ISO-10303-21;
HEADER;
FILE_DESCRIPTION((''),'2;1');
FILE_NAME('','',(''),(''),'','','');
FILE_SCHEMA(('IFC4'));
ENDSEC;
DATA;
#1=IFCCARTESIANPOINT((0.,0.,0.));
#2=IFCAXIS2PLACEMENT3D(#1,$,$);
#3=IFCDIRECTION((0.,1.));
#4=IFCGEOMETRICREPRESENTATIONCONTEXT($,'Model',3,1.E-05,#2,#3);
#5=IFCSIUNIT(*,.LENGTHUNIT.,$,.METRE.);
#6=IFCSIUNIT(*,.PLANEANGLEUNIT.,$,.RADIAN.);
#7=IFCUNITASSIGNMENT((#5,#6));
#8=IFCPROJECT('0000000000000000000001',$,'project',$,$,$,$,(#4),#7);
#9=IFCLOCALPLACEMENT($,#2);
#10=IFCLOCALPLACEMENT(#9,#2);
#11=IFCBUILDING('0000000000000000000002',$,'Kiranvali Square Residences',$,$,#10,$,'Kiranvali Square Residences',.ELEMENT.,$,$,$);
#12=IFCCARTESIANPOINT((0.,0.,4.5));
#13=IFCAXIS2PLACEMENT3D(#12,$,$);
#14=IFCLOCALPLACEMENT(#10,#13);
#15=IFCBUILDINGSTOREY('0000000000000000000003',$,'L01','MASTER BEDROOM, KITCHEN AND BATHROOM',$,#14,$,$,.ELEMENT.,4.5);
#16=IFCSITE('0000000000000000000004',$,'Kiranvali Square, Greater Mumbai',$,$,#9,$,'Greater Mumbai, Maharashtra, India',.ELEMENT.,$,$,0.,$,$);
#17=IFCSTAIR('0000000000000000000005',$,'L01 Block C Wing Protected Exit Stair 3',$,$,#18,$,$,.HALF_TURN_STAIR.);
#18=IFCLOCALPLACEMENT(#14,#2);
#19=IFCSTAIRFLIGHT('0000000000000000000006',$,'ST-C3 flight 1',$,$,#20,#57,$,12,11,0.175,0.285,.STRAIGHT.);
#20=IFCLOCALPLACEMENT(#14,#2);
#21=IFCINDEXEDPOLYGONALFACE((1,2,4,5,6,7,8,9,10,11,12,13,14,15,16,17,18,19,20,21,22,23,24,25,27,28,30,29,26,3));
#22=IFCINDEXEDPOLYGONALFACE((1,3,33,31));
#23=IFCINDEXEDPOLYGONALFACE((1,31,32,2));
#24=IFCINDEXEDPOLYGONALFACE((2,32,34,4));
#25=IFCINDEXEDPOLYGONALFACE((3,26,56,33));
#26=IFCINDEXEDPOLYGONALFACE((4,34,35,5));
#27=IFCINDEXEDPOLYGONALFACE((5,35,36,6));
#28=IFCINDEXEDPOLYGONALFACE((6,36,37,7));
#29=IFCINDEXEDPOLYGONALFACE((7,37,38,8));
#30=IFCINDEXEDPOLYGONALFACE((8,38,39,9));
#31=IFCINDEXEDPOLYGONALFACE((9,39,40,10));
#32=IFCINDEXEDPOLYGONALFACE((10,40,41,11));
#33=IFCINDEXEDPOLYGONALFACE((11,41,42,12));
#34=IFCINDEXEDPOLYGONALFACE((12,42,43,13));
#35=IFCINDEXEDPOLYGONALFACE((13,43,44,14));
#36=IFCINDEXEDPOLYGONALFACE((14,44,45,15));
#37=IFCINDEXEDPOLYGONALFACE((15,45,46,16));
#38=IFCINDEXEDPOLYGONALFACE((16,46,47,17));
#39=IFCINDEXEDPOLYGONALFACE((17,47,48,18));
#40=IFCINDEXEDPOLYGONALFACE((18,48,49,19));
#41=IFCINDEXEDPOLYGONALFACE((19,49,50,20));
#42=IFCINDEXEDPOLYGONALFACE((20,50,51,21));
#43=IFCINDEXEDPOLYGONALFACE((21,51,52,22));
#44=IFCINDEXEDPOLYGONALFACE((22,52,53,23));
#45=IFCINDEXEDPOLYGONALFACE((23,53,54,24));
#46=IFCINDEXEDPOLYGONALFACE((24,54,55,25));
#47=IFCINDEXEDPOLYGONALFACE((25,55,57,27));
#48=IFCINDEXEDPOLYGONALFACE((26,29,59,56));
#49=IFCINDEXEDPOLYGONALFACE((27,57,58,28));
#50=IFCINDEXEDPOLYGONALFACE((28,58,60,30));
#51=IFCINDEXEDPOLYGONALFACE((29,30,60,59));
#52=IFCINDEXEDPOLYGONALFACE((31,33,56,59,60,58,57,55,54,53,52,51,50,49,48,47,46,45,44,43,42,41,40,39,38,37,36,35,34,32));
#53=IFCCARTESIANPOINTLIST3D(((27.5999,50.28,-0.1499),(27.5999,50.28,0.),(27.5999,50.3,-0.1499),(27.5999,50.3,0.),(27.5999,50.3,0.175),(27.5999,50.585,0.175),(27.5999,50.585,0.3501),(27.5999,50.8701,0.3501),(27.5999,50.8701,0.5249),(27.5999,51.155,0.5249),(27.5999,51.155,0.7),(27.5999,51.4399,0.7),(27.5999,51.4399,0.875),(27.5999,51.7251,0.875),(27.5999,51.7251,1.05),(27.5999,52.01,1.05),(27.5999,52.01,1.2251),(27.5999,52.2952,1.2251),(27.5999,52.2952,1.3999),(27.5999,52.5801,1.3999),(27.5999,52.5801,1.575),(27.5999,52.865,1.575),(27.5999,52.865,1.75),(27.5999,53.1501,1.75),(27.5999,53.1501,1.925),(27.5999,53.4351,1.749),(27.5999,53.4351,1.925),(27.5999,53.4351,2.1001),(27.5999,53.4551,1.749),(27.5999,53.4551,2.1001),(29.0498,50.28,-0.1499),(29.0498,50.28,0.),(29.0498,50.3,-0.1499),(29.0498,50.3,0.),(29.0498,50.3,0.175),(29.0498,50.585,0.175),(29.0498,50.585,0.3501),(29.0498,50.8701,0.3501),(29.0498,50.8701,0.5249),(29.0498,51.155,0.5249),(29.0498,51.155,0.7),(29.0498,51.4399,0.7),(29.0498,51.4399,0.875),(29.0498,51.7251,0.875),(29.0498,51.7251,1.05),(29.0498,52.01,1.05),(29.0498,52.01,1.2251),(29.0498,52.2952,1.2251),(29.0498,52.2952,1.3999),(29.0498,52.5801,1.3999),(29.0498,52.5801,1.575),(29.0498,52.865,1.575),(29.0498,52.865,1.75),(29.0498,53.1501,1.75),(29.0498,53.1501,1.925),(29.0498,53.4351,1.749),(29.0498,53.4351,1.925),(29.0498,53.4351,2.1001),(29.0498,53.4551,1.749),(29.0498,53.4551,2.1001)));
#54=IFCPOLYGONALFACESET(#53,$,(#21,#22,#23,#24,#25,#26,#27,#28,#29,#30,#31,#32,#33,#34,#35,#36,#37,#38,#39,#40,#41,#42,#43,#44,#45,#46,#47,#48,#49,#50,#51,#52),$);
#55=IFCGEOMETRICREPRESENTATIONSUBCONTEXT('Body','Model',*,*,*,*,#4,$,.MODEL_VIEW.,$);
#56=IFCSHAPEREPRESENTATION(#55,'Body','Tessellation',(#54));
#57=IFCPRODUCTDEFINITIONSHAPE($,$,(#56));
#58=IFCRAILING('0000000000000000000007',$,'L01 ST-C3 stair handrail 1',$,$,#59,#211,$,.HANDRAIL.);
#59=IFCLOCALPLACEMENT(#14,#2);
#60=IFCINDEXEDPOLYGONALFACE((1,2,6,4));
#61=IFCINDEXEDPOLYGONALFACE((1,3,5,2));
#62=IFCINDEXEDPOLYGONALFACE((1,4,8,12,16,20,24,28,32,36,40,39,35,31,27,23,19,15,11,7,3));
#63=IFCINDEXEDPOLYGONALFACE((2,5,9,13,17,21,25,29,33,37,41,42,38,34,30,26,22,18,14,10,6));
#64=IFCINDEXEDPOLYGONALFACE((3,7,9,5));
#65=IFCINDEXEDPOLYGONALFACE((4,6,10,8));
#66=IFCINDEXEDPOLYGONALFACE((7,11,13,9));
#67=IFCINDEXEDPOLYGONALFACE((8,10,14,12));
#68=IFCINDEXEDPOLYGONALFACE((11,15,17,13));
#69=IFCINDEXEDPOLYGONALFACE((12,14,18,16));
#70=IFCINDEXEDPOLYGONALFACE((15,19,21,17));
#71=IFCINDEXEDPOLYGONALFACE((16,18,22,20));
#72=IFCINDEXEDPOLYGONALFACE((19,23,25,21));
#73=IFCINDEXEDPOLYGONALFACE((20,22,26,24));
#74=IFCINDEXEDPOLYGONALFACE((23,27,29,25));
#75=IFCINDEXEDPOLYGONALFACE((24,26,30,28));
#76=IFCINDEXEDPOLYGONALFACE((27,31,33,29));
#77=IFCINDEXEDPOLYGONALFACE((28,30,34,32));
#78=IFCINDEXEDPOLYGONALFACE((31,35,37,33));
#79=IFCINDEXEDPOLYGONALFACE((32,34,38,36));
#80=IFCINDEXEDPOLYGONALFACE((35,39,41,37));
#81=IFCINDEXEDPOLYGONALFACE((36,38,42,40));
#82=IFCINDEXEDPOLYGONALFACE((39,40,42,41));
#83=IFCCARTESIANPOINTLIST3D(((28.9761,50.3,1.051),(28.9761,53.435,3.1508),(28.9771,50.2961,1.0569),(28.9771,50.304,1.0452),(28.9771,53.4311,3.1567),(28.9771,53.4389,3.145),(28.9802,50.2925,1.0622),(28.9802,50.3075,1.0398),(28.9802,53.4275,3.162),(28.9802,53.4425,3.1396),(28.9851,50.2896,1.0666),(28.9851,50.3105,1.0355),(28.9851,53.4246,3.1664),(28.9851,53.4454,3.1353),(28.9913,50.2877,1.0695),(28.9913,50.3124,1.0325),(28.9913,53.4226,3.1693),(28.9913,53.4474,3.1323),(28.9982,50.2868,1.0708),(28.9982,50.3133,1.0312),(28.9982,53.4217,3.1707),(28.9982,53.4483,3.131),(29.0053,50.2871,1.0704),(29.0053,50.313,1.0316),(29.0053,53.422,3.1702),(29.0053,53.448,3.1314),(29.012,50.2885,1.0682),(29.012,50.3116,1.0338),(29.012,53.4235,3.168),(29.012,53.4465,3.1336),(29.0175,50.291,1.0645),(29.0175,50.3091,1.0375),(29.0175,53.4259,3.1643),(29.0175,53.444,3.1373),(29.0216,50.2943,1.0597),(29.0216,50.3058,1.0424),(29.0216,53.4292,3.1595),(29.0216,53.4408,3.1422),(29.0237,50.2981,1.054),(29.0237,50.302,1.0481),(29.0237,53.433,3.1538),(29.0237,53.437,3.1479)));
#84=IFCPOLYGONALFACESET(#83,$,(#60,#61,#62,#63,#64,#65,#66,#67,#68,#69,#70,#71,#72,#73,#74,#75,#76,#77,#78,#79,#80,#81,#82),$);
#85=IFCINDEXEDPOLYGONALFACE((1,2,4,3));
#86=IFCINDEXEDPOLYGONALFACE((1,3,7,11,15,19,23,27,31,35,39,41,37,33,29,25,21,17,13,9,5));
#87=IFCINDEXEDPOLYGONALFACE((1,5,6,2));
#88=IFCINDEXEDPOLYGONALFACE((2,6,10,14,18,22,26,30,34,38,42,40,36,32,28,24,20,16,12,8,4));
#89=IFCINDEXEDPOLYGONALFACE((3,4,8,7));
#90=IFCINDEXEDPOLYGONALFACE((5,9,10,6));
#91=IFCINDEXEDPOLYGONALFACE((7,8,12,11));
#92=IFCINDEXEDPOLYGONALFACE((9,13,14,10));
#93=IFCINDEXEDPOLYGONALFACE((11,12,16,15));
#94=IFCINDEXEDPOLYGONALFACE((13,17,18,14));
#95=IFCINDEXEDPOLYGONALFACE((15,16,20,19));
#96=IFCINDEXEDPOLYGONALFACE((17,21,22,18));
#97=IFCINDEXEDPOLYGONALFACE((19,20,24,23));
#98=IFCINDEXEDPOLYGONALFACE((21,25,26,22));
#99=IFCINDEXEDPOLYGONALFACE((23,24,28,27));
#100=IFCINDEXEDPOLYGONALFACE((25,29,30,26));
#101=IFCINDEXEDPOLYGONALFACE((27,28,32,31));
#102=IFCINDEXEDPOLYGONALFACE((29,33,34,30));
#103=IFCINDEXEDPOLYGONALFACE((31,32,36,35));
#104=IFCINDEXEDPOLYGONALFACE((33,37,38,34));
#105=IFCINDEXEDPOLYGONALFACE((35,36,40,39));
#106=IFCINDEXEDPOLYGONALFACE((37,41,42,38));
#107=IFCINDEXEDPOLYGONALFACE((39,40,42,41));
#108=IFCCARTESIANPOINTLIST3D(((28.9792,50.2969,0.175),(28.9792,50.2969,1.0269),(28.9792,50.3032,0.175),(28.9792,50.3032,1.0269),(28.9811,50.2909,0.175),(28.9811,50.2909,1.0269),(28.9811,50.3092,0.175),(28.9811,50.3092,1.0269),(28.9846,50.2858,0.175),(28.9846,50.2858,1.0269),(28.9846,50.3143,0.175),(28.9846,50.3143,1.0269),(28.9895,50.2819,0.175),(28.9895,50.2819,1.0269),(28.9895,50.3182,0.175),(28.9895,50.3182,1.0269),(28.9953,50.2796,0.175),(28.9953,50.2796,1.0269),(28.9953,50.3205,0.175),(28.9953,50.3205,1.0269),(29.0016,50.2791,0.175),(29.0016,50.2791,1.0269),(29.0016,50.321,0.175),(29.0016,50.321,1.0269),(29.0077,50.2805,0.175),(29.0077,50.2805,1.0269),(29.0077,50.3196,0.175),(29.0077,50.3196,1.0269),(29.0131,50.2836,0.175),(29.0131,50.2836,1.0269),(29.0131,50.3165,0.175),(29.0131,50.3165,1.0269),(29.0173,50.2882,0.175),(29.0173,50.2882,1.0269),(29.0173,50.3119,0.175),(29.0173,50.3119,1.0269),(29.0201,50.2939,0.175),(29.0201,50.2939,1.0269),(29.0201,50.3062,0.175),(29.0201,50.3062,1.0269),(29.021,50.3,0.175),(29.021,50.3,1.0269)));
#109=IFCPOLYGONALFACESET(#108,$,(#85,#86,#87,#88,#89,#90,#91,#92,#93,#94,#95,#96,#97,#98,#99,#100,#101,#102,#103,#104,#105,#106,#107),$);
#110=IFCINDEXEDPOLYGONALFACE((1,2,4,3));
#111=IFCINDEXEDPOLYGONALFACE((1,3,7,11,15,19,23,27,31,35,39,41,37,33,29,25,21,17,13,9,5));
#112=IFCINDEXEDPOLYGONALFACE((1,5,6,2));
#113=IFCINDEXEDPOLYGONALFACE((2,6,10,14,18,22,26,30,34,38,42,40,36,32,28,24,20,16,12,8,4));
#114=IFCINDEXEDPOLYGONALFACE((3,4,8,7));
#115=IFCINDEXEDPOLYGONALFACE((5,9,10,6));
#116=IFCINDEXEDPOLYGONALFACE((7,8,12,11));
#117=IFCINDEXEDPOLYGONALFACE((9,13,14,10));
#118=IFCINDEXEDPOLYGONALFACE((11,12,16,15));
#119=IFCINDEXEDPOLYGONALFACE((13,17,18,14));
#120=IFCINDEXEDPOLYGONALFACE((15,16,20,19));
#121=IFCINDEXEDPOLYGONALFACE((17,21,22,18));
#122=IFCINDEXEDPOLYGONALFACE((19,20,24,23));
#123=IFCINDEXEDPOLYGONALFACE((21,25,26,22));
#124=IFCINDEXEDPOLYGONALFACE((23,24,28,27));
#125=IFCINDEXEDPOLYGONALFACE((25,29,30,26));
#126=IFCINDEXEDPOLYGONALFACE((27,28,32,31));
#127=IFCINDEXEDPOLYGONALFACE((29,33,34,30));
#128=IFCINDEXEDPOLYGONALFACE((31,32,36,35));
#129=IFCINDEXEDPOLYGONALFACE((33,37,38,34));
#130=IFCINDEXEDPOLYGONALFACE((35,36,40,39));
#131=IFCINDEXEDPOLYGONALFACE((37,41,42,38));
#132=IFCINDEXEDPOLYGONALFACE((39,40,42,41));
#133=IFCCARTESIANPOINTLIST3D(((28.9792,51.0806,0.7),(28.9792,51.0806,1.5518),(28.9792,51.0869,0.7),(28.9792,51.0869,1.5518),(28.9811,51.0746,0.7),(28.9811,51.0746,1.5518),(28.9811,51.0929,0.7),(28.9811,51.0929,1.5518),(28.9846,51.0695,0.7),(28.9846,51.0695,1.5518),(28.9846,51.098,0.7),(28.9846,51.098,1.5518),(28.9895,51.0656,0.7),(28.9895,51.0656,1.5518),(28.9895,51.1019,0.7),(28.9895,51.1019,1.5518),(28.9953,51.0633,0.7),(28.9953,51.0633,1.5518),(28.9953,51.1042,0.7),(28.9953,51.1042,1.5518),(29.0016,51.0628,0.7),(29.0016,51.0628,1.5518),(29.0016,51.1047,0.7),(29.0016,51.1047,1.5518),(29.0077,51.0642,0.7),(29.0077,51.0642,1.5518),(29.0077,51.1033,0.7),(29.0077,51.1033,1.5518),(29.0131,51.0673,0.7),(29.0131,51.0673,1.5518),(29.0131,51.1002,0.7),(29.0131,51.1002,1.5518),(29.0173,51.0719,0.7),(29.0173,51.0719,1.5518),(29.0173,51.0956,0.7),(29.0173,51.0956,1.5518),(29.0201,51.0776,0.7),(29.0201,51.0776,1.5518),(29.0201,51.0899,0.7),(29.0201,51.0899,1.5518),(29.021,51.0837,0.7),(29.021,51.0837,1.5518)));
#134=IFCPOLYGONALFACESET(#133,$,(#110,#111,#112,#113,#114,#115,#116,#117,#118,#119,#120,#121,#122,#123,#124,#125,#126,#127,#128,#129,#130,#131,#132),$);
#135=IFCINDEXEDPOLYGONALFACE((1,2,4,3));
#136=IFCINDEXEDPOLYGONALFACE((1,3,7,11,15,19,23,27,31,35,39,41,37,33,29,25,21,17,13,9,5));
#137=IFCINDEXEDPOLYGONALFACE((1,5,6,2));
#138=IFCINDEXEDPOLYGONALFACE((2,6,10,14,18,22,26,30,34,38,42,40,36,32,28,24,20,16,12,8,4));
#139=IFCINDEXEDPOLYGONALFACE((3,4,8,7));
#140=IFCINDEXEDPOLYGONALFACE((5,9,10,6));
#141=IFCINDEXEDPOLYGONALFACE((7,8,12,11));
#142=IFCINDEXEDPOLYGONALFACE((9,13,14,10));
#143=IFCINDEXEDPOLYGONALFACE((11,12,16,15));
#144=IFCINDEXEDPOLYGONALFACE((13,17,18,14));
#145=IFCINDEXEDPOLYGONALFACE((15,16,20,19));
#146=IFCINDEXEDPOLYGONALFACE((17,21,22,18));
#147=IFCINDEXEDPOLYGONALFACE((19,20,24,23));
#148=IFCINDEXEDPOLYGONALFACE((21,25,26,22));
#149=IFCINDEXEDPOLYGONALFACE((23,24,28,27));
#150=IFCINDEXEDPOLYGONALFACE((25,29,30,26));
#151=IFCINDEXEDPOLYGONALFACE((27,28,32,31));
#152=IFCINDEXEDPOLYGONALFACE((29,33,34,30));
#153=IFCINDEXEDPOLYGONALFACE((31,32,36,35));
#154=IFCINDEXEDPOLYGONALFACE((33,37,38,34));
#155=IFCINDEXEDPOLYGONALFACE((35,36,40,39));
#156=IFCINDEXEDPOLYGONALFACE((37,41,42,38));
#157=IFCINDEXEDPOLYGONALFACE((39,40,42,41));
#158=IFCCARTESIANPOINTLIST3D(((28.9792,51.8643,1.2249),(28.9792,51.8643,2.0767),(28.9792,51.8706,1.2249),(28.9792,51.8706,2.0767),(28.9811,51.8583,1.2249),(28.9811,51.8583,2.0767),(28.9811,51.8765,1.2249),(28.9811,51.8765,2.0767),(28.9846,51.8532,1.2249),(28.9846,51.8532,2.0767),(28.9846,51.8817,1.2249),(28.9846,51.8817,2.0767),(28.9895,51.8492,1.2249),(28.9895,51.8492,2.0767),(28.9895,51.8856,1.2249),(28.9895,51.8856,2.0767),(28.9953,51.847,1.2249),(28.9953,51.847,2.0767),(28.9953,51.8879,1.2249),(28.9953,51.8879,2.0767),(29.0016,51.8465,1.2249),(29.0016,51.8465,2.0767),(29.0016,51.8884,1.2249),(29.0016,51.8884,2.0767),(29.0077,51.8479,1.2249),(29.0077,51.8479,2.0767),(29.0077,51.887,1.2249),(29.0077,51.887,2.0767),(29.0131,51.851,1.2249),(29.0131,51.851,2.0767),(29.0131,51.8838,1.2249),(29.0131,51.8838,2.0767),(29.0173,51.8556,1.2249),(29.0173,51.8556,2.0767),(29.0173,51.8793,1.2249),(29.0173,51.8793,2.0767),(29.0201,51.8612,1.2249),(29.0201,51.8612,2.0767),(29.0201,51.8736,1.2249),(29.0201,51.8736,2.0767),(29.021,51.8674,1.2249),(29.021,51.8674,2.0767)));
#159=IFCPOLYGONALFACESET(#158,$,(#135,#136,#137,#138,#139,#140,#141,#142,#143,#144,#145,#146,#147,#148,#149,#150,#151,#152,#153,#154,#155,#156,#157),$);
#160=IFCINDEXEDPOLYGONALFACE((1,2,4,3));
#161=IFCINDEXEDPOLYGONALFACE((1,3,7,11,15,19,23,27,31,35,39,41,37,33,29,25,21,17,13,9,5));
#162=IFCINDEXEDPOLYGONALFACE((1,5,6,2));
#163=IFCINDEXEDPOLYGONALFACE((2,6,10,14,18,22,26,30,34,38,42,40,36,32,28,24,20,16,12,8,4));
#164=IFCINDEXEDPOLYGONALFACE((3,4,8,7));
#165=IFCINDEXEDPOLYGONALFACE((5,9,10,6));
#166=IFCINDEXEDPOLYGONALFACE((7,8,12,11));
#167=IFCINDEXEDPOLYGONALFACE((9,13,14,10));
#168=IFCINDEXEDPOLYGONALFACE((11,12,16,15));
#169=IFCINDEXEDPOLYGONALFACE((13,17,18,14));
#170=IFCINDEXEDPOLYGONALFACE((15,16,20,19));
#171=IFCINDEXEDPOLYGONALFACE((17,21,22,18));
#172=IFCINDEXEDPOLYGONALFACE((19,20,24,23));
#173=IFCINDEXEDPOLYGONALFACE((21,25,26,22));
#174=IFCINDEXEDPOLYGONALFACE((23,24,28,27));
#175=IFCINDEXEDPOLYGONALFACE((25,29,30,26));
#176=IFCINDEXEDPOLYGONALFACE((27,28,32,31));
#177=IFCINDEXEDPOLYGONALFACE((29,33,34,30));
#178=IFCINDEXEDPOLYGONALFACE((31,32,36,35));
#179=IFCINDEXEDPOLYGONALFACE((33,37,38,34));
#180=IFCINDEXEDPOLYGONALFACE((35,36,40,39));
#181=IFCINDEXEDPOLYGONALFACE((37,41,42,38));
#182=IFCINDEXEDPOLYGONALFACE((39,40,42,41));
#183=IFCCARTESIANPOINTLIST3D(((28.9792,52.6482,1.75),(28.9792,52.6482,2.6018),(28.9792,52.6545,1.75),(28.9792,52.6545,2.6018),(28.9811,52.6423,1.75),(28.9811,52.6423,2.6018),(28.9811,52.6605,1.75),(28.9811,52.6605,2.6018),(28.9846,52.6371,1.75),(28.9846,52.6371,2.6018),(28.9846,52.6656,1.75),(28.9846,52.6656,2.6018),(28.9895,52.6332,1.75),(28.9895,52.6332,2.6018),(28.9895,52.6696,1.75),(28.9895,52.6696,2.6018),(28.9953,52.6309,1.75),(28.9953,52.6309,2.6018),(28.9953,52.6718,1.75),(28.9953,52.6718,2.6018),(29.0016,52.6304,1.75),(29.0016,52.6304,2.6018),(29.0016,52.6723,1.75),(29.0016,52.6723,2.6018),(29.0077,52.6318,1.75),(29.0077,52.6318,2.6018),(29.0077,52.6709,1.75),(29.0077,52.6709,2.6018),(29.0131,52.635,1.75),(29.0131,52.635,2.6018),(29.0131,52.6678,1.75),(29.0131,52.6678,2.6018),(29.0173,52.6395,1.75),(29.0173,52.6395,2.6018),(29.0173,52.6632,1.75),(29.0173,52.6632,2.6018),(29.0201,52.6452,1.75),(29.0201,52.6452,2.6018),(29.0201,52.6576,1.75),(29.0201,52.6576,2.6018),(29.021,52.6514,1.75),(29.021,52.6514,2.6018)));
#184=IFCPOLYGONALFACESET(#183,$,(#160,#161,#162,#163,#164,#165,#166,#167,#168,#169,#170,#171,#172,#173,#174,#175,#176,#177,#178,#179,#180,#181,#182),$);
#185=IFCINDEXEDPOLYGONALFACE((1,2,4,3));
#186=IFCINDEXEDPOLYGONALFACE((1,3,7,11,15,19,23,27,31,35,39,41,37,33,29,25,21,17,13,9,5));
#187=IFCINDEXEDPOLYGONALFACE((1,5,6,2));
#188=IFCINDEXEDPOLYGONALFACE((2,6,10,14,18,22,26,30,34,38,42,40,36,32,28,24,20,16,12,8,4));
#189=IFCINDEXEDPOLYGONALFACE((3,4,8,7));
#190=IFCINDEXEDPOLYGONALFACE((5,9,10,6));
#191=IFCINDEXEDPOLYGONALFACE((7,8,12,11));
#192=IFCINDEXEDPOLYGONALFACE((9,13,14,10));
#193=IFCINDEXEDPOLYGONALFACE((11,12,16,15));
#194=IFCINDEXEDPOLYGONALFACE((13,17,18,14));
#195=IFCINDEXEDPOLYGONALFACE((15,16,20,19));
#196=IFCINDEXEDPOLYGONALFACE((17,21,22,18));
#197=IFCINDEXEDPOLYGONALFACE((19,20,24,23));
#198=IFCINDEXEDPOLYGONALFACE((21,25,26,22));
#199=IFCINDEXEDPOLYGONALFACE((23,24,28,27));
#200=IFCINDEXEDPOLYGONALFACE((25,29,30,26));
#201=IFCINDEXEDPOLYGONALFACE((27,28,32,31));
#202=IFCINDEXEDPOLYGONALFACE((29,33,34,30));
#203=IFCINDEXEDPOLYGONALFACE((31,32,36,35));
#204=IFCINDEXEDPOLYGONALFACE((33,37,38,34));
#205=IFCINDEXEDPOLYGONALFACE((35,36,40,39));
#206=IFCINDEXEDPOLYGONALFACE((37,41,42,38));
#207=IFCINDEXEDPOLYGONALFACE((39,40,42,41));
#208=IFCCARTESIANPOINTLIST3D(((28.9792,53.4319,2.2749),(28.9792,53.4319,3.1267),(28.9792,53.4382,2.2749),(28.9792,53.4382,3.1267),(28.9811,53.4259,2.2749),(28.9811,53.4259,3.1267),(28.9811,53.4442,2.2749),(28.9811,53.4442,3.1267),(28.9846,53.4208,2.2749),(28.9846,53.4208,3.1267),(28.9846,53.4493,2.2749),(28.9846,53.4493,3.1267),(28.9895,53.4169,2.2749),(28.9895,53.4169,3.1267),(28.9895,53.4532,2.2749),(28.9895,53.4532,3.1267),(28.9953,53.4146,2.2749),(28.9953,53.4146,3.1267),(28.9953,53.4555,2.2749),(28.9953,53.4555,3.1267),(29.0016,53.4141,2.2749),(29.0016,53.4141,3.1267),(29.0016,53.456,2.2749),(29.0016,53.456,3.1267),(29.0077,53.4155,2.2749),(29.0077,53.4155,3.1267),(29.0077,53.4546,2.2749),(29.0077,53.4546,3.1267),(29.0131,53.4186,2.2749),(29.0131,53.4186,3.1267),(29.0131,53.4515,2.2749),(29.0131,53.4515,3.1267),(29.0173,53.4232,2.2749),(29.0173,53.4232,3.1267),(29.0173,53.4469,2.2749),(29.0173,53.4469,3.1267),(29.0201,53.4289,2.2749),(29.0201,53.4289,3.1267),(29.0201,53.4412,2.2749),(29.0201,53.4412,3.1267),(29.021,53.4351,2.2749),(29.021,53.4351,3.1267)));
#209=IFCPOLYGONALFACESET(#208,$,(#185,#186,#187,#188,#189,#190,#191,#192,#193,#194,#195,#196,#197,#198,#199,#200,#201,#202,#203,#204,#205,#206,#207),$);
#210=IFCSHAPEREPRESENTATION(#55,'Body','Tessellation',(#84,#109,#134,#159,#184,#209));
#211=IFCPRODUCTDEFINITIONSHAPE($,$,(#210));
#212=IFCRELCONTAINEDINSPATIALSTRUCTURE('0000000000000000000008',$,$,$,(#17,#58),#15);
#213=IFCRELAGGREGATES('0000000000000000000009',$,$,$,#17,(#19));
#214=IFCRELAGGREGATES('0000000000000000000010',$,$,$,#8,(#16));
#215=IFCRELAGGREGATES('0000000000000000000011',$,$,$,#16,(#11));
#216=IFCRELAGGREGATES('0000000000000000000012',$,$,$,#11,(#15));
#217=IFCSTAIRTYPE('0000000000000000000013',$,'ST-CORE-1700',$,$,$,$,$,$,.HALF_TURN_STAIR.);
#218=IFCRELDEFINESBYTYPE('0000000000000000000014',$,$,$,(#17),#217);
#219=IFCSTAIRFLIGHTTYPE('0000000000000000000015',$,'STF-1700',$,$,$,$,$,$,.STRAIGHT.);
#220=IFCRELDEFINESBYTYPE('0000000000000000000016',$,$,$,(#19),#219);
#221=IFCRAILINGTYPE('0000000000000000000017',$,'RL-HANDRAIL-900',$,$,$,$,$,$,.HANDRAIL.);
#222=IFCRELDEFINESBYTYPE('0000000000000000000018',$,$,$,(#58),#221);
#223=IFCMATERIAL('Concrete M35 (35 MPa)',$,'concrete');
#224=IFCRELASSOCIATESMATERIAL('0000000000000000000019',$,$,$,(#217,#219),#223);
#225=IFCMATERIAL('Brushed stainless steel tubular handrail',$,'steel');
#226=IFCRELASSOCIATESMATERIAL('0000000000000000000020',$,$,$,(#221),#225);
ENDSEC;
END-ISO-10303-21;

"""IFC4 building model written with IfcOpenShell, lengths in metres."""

from ifc_helpers import new_model, si_unit, direction, frame, origin, origin_2d, place, context, subcontext, project, spatial, polyline, circle, outline, extrude, material, type_object, element, aggregate, save


model = new_model("IFC4")

# Units and contexts
model_context = context("Model", 3, precision=1e-05, world=origin(), true_north=direction((0.0, 1.0)))
body_context = subcontext(model_context, "Body", "Model", "MODEL_VIEW")
ifc_project = project(units=[si_unit("LENGTHUNIT", "METRE"), si_unit("PLANEANGLEUNIT", "RADIAN")], contexts=[model_context])

# Site, building, storey
site_placement = place(None, origin())
site = spatial("IfcSite", under=ifc_project, at=site_placement, Name="Kiranvali Square, Greater Mumbai", LongName="Greater Mumbai, Maharashtra, India", CompositionType="ELEMENT", RefElevation=0.0)
building_placement = place(site_placement, origin())
building = spatial("IfcBuilding", under=site, at=building_placement, Name="Kiranvali Square Residences", LongName="Kiranvali Square Residences", CompositionType="ELEMENT")
storey_placement = place(building_placement, frame((0.0, 0.0, 4.5)))
storey = spatial("IfcBuildingStorey", under=building, at=storey_placement, Name="L01", Description="MASTER BEDROOM, KITCHEN AND BATHROOM", CompositionType="ELEMENT", Elevation=4.5)

# Stair, stair flight
ifc_material_1 = material(Name="Concrete M35 (35 MPa)", Category="concrete")
stair_type = type_object("IfcStairType", Name="ST-CORE-1700", PredefinedType="HALF_TURN_STAIR", material=ifc_material_1)
stair_placement = place(storey_placement, origin())
stair = element("IfcStair", 1, at=stair_placement, inside=storey, type_object=stair_type, Name="L01 Block C Wing Protected Exit Stair 3", PredefinedType="HALF_TURN_STAIR")
stair_flight_type = type_object("IfcStairFlightType", Name="STF-1700", PredefinedType="STRAIGHT", material=ifc_material_1)
stair_flight_placement = place(storey_placement, frame((28.325, 50.3, 0.0), z_axis=(0.0, 0.0, 1.0), x_axis=(0.0, 1.0, 0.0)))
stair_flight = element("IfcStairFlight", 2, at=stair_flight_placement, type_object=stair_flight_type, Name="ST-C3 flight 1", NumberOfRisers=12, NumberOfTreads=11, PredefinedType="STRAIGHT", RiserHeight=0.175, TreadLength=0.285, context=body_context, shape_type="SweptSolid", body=[
    extrude(outline(polyline([(-0.02, -0.1499), (-0.02, 0.0), (0.0, 0.0), (0.0, 0.175), (0.2849, 0.175), (0.2849, 0.3501), (0.5701, 0.3501), (0.5701, 0.5249), (0.855, 0.5249), (0.855, 0.7), (1.1399, 0.7), (1.1399, 0.875), (1.425, 0.875), (1.425, 1.05), (1.71, 1.05), (1.71, 1.2251), (1.9951, 1.2251), (1.9951, 1.3999), (2.28, 1.3999), (2.28, 1.575), (2.5649, 1.575), (2.5649, 1.75), (2.8501, 1.75), (2.8501, 1.925), (3.135, 1.925), (3.135, 2.1001), (3.155, 2.1001), (3.155, 1.749), (3.135, 1.749), (0.0, -0.1499), (-0.02, -0.1499)])), frame((0.0, 0.7251, 0.0), z_axis=(0.0, -1.0, 0.0), x_axis=(1.0, 0.0, 0.0)), (0.0, 0.0, 1.0), 1.45),
])
aggregate(stair, [stair_flight])

# Railing
ifc_material_2 = material(Name="Brushed stainless steel tubular handrail", Category="steel")
railing_type_1 = type_object("IfcRailingType", Name="RL-HANDRAIL-900", PredefinedType="HANDRAIL", material=ifc_material_2)
railing_1_placement = place(storey_placement, frame((29.0, 50.3, 0.175)))
element("IfcRailing", 3, at=railing_1_placement, inside=storey, type_object=railing_type_1, Name="L01 ST-C3 stair handrail 1", PredefinedType="HANDRAIL", context=body_context, shape_type="SweptSolid", body=[
    extrude(circle(Radius=0.0239, at=origin_2d()), frame((0.0, 0.0, 0.876), z_axis=(0.0, 0.830844, 0.556506), x_axis=(-1.0, 0.0, 0.0)), (0.0, 0.0, 1.0), 3.7732),
    extrude(circle(Radius=0.021, at=origin_2d()), origin(), (0.0, 0.0, 1.0), 0.8518),
    extrude(circle(Radius=0.021, at=origin_2d()), frame((0.0, 0.7837, 0.5249)), (0.0, 0.0, 1.0), 0.8518),
    extrude(circle(Radius=0.021, at=origin_2d()), frame((0.0, 1.5674, 1.0498)), (0.0, 0.0, 1.0), 0.8518),
    extrude(circle(Radius=0.021, at=origin_2d()), frame((0.0, 2.3513, 1.575)), (0.0, 0.0, 1.0), 0.8518),
    extrude(circle(Radius=0.021, at=origin_2d()), frame((0.0, 3.135, 2.0999)), (0.0, 0.0, 1.0), 0.8518),
])

save(model, "model.ifc")
